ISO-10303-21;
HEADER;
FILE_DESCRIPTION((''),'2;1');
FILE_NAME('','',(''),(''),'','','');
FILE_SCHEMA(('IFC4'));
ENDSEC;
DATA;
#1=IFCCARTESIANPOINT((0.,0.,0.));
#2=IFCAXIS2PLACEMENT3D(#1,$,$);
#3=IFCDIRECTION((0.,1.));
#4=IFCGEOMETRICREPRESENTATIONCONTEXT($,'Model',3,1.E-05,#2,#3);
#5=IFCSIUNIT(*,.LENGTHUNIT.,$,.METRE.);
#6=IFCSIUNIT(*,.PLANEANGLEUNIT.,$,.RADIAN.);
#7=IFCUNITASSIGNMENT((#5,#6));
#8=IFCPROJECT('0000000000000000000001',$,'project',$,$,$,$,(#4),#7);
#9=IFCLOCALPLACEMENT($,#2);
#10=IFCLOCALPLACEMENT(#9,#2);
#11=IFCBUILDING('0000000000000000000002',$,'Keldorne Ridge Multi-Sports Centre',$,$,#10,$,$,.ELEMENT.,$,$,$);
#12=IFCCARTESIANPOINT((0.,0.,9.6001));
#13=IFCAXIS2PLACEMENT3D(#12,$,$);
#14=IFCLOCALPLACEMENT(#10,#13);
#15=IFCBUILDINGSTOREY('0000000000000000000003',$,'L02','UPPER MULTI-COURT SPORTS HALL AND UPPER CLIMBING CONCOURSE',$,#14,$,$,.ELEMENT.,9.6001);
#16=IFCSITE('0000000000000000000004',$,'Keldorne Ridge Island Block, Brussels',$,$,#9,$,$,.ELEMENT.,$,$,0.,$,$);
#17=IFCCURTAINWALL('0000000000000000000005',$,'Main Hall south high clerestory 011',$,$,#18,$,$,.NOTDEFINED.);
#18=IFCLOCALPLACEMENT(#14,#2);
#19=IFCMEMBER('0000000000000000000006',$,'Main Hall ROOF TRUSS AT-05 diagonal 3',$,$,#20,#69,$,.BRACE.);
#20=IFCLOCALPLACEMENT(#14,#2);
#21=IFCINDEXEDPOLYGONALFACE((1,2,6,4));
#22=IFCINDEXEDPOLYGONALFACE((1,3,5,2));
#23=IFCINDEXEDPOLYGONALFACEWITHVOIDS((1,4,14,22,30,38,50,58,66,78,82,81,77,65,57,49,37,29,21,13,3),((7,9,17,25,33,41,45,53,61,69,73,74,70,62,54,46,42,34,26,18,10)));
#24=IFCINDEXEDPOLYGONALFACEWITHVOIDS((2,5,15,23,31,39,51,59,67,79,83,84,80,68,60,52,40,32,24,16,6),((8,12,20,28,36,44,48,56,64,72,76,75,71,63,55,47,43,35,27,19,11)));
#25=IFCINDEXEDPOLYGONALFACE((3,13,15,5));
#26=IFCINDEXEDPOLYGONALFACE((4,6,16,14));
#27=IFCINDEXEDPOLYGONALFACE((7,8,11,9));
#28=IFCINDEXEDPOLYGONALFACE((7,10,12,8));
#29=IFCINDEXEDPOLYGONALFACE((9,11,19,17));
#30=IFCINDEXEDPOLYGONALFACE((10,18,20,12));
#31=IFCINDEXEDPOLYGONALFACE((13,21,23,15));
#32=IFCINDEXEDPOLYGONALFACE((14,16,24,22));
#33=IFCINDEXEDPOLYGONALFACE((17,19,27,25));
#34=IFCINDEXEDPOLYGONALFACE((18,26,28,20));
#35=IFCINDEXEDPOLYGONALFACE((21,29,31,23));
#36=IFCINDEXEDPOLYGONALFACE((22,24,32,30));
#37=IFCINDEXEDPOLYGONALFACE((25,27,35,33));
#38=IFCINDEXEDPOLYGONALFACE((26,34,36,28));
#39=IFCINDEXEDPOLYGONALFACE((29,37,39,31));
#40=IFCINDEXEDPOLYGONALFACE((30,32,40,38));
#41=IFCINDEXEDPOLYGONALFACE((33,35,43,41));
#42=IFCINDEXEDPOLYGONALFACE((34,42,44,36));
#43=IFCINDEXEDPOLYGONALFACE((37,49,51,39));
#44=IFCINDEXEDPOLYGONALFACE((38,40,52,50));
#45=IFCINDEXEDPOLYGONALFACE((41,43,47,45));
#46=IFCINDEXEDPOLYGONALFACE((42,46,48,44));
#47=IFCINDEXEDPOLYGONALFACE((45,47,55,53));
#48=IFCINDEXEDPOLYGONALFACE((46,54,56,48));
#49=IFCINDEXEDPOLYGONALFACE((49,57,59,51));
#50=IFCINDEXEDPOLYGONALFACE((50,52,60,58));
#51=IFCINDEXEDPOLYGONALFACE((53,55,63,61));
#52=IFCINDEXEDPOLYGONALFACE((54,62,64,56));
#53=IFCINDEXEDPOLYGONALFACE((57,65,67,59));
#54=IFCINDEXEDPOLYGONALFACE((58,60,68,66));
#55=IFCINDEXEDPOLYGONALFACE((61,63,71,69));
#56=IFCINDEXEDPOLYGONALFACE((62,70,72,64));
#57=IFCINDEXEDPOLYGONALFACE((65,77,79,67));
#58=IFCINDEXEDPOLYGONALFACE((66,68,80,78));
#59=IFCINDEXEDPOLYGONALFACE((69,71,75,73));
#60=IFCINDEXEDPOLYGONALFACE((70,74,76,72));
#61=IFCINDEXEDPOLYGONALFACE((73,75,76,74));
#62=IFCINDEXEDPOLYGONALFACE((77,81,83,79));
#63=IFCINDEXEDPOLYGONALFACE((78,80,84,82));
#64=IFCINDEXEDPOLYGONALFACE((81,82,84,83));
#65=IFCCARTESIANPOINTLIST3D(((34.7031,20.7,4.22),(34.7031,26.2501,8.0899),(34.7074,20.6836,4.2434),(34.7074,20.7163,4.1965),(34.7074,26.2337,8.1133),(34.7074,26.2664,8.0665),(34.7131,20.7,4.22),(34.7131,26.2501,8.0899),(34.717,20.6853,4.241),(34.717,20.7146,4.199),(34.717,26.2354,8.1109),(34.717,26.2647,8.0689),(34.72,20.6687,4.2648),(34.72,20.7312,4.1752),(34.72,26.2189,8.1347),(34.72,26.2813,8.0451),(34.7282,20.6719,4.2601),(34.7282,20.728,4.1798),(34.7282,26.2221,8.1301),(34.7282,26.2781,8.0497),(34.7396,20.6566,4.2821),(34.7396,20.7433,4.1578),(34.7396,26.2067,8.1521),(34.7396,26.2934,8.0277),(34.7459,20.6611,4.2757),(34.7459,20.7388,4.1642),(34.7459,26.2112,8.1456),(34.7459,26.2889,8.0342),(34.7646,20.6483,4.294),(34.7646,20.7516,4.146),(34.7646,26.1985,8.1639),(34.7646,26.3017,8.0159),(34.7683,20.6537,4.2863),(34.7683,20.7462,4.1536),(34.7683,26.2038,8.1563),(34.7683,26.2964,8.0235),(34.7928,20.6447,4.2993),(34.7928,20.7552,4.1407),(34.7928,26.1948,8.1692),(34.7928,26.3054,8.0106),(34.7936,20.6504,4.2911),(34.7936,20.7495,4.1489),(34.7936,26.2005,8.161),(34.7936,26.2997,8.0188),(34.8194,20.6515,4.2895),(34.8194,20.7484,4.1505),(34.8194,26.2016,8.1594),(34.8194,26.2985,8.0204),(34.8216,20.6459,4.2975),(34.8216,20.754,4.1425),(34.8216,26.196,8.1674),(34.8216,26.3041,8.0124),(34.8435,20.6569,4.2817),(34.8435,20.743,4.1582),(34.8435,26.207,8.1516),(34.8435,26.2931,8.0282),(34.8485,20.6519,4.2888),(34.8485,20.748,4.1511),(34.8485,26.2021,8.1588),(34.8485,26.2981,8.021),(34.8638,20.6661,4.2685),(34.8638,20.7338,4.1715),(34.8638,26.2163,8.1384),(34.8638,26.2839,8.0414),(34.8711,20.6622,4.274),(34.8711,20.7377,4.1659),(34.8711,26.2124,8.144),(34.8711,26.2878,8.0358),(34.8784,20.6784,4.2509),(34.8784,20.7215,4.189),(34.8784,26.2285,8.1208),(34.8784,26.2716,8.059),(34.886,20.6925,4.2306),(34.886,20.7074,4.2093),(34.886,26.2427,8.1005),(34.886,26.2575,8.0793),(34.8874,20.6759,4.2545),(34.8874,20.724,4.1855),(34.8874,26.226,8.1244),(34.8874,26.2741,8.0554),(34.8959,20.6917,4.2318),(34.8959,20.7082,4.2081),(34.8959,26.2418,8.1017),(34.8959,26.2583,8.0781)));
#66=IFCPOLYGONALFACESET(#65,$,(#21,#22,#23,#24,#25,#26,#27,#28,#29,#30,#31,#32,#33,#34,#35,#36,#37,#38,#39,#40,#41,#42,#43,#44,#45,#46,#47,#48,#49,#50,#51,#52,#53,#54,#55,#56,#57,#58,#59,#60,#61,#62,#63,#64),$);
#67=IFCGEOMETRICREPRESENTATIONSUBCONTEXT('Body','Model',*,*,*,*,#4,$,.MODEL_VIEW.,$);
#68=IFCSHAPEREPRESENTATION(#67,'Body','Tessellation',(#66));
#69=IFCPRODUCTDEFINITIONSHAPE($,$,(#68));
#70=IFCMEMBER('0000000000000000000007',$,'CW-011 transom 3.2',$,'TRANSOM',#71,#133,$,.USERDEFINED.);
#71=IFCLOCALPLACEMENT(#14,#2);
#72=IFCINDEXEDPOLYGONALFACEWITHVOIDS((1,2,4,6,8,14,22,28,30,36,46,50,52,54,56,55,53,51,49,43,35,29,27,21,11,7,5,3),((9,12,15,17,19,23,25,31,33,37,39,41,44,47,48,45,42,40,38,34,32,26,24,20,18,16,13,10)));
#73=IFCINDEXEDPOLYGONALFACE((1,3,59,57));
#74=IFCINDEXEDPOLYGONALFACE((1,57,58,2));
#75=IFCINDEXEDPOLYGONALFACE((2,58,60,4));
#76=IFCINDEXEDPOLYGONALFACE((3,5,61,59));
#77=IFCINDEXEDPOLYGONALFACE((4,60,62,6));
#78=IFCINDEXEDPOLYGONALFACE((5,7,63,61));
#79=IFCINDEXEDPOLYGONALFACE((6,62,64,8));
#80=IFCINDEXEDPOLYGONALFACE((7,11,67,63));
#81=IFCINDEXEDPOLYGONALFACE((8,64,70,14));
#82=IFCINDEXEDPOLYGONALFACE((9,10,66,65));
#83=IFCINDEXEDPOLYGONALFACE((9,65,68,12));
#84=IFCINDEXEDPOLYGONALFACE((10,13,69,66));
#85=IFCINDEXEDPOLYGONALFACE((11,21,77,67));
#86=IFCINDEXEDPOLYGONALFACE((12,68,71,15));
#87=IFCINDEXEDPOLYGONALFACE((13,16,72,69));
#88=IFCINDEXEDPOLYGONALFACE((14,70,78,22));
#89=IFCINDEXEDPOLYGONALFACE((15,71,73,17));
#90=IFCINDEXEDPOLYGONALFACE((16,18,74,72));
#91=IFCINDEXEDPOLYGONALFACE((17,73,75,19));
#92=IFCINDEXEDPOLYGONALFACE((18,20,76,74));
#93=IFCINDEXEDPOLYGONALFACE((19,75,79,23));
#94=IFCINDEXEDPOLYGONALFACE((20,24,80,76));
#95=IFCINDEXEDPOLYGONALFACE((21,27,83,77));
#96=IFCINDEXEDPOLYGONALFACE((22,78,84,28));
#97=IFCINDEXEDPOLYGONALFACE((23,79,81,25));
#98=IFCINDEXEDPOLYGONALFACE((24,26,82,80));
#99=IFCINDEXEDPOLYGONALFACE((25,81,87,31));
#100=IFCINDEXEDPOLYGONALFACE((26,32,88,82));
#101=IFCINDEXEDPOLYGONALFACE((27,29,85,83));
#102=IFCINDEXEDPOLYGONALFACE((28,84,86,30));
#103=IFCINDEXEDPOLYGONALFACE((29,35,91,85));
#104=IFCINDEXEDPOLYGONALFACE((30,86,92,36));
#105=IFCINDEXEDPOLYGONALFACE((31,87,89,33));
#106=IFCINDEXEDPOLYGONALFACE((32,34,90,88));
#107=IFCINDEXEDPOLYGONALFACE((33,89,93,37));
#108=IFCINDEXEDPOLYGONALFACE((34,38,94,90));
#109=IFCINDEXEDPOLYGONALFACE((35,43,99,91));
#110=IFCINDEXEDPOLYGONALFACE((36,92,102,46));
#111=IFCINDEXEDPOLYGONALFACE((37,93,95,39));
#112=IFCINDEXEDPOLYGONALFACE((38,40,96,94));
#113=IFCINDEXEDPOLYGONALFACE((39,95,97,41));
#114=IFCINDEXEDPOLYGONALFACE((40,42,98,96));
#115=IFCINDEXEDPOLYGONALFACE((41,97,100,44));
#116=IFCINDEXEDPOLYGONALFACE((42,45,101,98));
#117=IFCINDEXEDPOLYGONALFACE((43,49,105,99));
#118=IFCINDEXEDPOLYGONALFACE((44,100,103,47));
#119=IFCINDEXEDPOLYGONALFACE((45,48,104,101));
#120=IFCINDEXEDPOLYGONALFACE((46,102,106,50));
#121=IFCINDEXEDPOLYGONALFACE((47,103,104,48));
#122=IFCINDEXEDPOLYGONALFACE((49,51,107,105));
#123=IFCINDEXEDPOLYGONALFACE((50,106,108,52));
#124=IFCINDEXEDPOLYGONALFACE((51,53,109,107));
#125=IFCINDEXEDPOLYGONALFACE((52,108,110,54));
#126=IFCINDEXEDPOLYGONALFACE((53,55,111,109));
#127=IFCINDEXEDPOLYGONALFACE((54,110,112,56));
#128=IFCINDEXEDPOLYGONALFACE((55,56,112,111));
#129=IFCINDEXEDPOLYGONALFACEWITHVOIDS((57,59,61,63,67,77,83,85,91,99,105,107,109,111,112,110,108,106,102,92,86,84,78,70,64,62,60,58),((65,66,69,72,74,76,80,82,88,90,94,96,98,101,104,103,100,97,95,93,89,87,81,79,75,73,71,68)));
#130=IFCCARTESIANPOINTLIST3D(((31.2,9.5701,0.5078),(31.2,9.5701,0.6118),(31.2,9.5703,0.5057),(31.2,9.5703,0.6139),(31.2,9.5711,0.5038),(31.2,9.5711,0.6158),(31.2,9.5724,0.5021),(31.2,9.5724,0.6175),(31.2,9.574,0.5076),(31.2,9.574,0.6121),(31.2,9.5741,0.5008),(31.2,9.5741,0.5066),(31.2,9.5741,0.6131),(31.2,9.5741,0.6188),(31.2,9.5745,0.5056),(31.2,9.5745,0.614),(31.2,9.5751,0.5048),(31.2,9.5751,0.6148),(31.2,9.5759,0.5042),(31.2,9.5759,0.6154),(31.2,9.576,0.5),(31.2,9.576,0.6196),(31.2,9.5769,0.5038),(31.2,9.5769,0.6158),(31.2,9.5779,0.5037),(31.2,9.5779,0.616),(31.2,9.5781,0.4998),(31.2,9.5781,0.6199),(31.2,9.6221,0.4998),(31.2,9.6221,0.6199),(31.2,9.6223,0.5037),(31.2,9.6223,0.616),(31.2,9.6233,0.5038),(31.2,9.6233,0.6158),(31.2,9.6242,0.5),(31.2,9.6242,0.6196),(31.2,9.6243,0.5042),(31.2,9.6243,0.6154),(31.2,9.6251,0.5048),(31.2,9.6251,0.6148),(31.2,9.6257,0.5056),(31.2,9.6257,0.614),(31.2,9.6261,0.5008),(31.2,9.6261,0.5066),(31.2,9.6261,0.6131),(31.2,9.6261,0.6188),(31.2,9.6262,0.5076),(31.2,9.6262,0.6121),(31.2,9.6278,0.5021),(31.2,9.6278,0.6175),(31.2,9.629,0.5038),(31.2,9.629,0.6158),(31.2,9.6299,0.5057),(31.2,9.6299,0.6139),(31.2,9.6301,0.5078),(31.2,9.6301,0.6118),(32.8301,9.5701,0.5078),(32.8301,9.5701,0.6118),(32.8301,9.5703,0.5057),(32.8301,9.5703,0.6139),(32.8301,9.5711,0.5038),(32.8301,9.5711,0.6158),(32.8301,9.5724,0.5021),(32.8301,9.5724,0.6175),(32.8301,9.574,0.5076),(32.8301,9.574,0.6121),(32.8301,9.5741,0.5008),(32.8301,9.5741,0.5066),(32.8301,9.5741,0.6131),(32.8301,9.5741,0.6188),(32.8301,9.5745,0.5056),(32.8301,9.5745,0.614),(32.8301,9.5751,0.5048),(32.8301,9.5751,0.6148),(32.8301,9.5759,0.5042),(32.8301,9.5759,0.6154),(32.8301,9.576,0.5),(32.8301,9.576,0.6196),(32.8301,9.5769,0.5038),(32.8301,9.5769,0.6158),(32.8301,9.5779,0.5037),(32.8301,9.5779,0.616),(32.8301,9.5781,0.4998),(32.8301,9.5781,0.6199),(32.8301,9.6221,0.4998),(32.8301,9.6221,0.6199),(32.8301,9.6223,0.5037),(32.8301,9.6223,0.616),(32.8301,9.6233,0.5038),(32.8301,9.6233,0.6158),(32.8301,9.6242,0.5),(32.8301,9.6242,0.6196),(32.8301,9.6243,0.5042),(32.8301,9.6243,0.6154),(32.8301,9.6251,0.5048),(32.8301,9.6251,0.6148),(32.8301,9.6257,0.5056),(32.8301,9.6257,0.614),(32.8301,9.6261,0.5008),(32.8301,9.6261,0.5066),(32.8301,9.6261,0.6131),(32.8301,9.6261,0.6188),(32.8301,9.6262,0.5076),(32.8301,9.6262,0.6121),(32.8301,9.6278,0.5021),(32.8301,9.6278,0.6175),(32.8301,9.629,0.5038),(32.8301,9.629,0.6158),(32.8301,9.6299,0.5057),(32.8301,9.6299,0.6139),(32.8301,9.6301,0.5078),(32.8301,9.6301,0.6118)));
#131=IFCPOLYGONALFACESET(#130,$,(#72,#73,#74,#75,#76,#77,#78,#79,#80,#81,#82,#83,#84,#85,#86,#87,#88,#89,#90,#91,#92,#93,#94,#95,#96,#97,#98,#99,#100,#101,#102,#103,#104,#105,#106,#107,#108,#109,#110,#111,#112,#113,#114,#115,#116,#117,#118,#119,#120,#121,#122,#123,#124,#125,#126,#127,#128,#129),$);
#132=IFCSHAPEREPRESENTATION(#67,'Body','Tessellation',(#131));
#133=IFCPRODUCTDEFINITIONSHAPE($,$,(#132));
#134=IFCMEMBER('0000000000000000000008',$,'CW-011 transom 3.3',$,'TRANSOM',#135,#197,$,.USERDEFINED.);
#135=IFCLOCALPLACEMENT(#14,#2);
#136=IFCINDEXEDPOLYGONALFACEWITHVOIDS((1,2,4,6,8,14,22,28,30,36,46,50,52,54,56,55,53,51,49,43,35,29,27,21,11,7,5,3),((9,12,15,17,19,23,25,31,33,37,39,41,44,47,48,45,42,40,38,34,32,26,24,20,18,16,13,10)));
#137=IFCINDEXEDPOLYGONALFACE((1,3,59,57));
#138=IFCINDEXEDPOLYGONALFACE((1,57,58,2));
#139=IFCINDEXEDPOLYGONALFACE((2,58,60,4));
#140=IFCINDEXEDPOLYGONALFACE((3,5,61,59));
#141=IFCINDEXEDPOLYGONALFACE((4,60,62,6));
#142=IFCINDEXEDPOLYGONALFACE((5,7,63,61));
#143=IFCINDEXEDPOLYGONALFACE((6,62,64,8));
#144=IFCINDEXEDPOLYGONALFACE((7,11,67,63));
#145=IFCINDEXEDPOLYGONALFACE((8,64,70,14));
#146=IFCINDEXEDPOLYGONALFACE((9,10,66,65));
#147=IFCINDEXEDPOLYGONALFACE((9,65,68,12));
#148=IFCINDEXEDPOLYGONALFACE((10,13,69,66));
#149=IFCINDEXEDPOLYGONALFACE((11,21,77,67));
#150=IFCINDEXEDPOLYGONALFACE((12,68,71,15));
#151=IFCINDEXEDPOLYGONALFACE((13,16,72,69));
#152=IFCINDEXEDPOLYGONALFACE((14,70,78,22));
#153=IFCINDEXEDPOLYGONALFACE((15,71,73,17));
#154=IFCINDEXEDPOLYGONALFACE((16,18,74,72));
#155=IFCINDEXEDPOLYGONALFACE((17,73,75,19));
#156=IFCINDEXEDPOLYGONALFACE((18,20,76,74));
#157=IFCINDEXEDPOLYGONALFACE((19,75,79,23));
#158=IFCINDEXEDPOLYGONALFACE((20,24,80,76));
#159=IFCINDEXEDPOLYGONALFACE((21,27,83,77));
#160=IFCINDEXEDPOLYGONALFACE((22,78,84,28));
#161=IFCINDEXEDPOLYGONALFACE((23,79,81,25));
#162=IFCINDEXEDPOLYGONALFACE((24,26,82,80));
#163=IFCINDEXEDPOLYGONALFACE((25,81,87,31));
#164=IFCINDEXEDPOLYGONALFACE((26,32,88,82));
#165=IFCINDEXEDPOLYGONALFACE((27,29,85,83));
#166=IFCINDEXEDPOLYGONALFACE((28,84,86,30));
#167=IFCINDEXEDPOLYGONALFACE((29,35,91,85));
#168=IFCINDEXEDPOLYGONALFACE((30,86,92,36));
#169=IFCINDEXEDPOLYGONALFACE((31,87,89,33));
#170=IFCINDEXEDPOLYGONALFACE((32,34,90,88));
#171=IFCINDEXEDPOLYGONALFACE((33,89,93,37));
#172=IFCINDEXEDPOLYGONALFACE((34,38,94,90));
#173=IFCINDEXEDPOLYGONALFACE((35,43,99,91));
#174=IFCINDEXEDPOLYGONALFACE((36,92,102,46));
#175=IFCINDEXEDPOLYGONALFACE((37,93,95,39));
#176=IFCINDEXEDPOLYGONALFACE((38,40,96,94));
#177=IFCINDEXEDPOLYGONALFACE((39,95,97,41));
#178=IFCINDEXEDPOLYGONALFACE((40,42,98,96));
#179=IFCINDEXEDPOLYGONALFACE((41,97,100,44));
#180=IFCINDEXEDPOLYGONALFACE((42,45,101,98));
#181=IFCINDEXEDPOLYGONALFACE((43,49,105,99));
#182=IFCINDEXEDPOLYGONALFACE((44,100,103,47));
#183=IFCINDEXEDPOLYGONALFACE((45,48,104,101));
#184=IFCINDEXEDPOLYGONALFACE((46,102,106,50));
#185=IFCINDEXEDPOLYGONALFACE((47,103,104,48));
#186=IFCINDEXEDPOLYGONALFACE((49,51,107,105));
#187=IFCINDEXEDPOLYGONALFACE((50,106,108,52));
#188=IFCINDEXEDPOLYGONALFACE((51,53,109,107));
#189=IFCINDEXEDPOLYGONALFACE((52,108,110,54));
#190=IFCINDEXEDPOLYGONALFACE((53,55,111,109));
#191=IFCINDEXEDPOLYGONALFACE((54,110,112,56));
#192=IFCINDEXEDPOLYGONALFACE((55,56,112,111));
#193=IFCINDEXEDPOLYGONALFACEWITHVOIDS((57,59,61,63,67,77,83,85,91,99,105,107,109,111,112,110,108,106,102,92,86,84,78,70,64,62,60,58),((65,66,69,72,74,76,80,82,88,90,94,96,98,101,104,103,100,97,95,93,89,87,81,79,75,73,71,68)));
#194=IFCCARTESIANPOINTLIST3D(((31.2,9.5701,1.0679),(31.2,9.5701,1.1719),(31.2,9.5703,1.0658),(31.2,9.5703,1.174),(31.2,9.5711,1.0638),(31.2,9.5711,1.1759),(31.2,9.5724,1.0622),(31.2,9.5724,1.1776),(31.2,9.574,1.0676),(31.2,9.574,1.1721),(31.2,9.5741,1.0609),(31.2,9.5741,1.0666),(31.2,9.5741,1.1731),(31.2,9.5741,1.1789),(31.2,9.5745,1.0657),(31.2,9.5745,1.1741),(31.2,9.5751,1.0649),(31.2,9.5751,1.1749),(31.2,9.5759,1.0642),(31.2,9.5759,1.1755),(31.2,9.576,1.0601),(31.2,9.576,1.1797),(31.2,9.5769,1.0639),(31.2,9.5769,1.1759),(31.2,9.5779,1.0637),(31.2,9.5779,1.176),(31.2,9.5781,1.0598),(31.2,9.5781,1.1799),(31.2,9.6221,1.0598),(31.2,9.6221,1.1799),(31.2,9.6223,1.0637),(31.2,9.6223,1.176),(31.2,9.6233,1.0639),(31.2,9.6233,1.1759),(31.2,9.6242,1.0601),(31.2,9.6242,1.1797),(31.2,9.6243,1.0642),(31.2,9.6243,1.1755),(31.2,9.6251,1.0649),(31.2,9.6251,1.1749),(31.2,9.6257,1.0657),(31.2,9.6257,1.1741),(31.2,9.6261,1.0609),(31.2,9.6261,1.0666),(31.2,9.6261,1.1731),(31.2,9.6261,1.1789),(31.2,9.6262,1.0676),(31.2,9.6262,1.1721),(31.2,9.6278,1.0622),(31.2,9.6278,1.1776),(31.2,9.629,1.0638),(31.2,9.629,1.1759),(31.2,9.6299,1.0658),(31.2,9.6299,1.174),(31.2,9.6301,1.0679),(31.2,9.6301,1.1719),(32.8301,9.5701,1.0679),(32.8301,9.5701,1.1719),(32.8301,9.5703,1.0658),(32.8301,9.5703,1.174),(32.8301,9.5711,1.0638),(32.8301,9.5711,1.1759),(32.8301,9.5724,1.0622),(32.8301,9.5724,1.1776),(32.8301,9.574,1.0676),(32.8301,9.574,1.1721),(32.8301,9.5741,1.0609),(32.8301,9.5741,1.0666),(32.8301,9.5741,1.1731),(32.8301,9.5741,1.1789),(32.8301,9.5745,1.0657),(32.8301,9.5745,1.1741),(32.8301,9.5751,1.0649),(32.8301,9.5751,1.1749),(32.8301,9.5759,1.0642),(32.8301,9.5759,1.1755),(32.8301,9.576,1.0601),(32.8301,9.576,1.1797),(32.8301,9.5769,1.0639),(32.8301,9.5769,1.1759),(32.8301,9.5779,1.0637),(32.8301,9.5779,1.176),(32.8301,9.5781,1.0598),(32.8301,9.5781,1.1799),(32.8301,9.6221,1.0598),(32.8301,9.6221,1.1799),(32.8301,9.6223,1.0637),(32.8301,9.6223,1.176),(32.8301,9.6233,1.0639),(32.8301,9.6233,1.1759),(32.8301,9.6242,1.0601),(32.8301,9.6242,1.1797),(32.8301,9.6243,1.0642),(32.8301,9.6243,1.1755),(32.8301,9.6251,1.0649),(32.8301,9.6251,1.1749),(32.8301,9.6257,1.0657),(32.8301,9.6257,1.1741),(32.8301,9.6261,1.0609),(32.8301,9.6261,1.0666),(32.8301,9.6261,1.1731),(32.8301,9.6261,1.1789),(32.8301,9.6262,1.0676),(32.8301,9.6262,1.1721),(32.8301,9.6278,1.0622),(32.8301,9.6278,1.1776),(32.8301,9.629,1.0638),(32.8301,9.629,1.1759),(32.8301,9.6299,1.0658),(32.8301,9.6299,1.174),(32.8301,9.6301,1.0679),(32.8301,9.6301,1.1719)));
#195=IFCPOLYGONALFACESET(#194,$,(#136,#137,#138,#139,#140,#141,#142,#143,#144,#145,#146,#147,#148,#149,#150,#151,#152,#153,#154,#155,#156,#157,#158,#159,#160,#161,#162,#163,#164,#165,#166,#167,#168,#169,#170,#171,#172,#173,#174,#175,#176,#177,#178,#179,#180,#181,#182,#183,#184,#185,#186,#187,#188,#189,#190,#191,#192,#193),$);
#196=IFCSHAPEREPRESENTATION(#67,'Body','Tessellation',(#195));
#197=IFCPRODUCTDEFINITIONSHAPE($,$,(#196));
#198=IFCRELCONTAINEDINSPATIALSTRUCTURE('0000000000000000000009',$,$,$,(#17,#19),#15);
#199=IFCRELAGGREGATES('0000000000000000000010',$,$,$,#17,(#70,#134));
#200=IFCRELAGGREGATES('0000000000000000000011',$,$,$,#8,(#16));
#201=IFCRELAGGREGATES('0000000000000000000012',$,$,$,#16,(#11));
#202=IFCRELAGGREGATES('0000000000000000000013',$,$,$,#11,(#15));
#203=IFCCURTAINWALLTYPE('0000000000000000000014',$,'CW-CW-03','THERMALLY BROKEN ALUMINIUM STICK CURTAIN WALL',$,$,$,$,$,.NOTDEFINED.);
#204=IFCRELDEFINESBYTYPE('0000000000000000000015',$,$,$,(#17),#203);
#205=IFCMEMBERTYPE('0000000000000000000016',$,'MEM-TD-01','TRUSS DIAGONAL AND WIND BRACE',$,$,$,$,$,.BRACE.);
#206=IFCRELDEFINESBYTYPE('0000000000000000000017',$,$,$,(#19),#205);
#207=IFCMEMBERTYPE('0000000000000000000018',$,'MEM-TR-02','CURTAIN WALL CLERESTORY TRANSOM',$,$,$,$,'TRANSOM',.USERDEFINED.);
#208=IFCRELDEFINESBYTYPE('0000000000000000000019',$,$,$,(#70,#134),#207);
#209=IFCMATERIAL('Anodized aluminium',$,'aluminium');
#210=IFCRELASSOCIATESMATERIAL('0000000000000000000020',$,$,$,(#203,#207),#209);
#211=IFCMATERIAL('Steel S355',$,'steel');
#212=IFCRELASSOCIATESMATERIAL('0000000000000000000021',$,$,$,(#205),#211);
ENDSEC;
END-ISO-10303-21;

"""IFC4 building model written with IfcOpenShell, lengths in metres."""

from ifc_helpers import new_model, si_unit, direction, frame, origin, origin_2d, place, context, subcontext, project, spatial, hollow_rectangle, hollow_circle, extrude, material, material_profile, profile_set, type_object, element, aggregate, save


model = new_model("IFC4")

# Units and contexts
model_context = context("Model", 3, precision=1e-05, world=origin(), true_north=direction((0.0, 1.0)))
body_context = subcontext(model_context, "Body", "Model", "MODEL_VIEW")
ifc_project = project(units=[si_unit("LENGTHUNIT", "METRE"), si_unit("PLANEANGLEUNIT", "RADIAN")], contexts=[model_context])

# Site, building, storey
site_placement = place(None, origin())
site = spatial("IfcSite", under=ifc_project, at=site_placement, Name="Keldorne Ridge Island Block, Brussels", CompositionType="ELEMENT", RefElevation=0.0)
building_placement = place(site_placement, origin())
building = spatial("IfcBuilding", under=site, at=building_placement, Name="Keldorne Ridge Multi-Sports Centre", CompositionType="ELEMENT")
storey_placement = place(building_placement, frame((0.0, 0.0, 9.6001)))
storey = spatial("IfcBuildingStorey", under=building, at=storey_placement, Name="L02", Description="UPPER MULTI-COURT SPORTS HALL AND UPPER CLIMBING CONCOURSE", CompositionType="ELEMENT", Elevation=9.6001)

# Shared definitions
ifc_material_1 = material(Name="Steel S355", Category="steel")

# Curtain wall
ifc_material_2 = material(Name="Anodized aluminium", Category="aluminium")
curtain_wall_type = type_object("IfcCurtainWallType", Name="CW-CW-03", Description="THERMALLY BROKEN ALUMINIUM STICK CURTAIN WALL", PredefinedType="NOTDEFINED", material=ifc_material_2)
curtain_wall_placement = place(storey_placement, origin())
curtain_wall = element("IfcCurtainWall", 1, at=curtain_wall_placement, inside=storey, type_object=curtain_wall_type, Name="Main Hall south high clerestory 011", PredefinedType="NOTDEFINED")

# Member
ifc_material_profile_1 = material_profile(ifc_material_1, hollow_circle(Radius=0.0969, WallThickness=0.01, at=origin_2d()), Name="CHS 193.7x10")
ifc_profile_set_1 = profile_set([ifc_material_profile_1], Name="Steel S355")
member_type_1 = type_object("IfcMemberType", Name="MEM-TD-01", Description="TRUSS DIAGONAL AND WIND BRACE", PredefinedType="BRACE", material=ifc_profile_set_1)
member_1_placement = place(storey_placement, frame((34.8, 20.7, 4.22), z_axis=(0.0, 0.820283, 0.571958), x_axis=(-1.0, 0.0, 0.0)))
element("IfcMember", 2, at=member_1_placement, inside=storey, type_object=member_type_1, Name="Main Hall ROOF TRUSS AT-05 diagonal 3", PredefinedType="BRACE", context=body_context, shape_type="SweptSolid", body=[
    extrude(hollow_circle(Radius=0.0969, WallThickness=0.01, at=origin_2d()), origin(), (0.0, 0.0, 1.0), 6.7661),
])

# Members
ifc_material_profile_2 = material_profile(ifc_material_2, hollow_rectangle(XDim=0.0601, YDim=0.1201, WallThickness=0.0039, InnerFilletRadius=0.0039, OuterFilletRadius=0.0081, at=origin_2d()), Name="ALU TRANSOM 120x60x4")
ifc_profile_set_2 = profile_set([ifc_material_profile_2], Name="Anodized aluminium")
member_type_2 = type_object("IfcMemberType", Name="MEM-TR-02", Description="CURTAIN WALL CLERESTORY TRANSOM", ElementType="TRANSOM", PredefinedType="USERDEFINED", material=ifc_profile_set_2)
member_2_placement = place(storey_placement, frame((31.2, 9.6001, 0.5598), z_axis=(1.0, 0.0, 0.0), x_axis=(0.0, 1.0, 0.0)))
member_2 = element("IfcMember", 3, at=member_2_placement, type_object=member_type_2, Name="CW-011 transom 3.2", ObjectType="TRANSOM", PredefinedType="USERDEFINED", context=body_context, shape_type="SweptSolid", body=[
    extrude(hollow_rectangle(XDim=0.0601, YDim=0.1201, WallThickness=0.0039, InnerFilletRadius=0.0039, OuterFilletRadius=0.0081, at=origin_2d()), origin(), (0.0, 0.0, 1.0), 1.6301),
])
member_3_placement = place(storey_placement, frame((31.2, 9.6001, 1.1199), z_axis=(1.0, 0.0, 0.0), x_axis=(0.0, 1.0, 0.0)))
member_3 = element("IfcMember", 4, at=member_3_placement, type_object=member_type_2, Name="CW-011 transom 3.3", ObjectType="TRANSOM", PredefinedType="USERDEFINED", context=body_context, shape_type="SweptSolid", body=[
    extrude(hollow_rectangle(XDim=0.0601, YDim=0.1201, WallThickness=0.0039, InnerFilletRadius=0.0039, OuterFilletRadius=0.0081, at=origin_2d()), origin(), (0.0, 0.0, 1.0), 1.6301),
])

aggregate(curtain_wall, [member_2, member_3])

save(model, "model.ifc")
